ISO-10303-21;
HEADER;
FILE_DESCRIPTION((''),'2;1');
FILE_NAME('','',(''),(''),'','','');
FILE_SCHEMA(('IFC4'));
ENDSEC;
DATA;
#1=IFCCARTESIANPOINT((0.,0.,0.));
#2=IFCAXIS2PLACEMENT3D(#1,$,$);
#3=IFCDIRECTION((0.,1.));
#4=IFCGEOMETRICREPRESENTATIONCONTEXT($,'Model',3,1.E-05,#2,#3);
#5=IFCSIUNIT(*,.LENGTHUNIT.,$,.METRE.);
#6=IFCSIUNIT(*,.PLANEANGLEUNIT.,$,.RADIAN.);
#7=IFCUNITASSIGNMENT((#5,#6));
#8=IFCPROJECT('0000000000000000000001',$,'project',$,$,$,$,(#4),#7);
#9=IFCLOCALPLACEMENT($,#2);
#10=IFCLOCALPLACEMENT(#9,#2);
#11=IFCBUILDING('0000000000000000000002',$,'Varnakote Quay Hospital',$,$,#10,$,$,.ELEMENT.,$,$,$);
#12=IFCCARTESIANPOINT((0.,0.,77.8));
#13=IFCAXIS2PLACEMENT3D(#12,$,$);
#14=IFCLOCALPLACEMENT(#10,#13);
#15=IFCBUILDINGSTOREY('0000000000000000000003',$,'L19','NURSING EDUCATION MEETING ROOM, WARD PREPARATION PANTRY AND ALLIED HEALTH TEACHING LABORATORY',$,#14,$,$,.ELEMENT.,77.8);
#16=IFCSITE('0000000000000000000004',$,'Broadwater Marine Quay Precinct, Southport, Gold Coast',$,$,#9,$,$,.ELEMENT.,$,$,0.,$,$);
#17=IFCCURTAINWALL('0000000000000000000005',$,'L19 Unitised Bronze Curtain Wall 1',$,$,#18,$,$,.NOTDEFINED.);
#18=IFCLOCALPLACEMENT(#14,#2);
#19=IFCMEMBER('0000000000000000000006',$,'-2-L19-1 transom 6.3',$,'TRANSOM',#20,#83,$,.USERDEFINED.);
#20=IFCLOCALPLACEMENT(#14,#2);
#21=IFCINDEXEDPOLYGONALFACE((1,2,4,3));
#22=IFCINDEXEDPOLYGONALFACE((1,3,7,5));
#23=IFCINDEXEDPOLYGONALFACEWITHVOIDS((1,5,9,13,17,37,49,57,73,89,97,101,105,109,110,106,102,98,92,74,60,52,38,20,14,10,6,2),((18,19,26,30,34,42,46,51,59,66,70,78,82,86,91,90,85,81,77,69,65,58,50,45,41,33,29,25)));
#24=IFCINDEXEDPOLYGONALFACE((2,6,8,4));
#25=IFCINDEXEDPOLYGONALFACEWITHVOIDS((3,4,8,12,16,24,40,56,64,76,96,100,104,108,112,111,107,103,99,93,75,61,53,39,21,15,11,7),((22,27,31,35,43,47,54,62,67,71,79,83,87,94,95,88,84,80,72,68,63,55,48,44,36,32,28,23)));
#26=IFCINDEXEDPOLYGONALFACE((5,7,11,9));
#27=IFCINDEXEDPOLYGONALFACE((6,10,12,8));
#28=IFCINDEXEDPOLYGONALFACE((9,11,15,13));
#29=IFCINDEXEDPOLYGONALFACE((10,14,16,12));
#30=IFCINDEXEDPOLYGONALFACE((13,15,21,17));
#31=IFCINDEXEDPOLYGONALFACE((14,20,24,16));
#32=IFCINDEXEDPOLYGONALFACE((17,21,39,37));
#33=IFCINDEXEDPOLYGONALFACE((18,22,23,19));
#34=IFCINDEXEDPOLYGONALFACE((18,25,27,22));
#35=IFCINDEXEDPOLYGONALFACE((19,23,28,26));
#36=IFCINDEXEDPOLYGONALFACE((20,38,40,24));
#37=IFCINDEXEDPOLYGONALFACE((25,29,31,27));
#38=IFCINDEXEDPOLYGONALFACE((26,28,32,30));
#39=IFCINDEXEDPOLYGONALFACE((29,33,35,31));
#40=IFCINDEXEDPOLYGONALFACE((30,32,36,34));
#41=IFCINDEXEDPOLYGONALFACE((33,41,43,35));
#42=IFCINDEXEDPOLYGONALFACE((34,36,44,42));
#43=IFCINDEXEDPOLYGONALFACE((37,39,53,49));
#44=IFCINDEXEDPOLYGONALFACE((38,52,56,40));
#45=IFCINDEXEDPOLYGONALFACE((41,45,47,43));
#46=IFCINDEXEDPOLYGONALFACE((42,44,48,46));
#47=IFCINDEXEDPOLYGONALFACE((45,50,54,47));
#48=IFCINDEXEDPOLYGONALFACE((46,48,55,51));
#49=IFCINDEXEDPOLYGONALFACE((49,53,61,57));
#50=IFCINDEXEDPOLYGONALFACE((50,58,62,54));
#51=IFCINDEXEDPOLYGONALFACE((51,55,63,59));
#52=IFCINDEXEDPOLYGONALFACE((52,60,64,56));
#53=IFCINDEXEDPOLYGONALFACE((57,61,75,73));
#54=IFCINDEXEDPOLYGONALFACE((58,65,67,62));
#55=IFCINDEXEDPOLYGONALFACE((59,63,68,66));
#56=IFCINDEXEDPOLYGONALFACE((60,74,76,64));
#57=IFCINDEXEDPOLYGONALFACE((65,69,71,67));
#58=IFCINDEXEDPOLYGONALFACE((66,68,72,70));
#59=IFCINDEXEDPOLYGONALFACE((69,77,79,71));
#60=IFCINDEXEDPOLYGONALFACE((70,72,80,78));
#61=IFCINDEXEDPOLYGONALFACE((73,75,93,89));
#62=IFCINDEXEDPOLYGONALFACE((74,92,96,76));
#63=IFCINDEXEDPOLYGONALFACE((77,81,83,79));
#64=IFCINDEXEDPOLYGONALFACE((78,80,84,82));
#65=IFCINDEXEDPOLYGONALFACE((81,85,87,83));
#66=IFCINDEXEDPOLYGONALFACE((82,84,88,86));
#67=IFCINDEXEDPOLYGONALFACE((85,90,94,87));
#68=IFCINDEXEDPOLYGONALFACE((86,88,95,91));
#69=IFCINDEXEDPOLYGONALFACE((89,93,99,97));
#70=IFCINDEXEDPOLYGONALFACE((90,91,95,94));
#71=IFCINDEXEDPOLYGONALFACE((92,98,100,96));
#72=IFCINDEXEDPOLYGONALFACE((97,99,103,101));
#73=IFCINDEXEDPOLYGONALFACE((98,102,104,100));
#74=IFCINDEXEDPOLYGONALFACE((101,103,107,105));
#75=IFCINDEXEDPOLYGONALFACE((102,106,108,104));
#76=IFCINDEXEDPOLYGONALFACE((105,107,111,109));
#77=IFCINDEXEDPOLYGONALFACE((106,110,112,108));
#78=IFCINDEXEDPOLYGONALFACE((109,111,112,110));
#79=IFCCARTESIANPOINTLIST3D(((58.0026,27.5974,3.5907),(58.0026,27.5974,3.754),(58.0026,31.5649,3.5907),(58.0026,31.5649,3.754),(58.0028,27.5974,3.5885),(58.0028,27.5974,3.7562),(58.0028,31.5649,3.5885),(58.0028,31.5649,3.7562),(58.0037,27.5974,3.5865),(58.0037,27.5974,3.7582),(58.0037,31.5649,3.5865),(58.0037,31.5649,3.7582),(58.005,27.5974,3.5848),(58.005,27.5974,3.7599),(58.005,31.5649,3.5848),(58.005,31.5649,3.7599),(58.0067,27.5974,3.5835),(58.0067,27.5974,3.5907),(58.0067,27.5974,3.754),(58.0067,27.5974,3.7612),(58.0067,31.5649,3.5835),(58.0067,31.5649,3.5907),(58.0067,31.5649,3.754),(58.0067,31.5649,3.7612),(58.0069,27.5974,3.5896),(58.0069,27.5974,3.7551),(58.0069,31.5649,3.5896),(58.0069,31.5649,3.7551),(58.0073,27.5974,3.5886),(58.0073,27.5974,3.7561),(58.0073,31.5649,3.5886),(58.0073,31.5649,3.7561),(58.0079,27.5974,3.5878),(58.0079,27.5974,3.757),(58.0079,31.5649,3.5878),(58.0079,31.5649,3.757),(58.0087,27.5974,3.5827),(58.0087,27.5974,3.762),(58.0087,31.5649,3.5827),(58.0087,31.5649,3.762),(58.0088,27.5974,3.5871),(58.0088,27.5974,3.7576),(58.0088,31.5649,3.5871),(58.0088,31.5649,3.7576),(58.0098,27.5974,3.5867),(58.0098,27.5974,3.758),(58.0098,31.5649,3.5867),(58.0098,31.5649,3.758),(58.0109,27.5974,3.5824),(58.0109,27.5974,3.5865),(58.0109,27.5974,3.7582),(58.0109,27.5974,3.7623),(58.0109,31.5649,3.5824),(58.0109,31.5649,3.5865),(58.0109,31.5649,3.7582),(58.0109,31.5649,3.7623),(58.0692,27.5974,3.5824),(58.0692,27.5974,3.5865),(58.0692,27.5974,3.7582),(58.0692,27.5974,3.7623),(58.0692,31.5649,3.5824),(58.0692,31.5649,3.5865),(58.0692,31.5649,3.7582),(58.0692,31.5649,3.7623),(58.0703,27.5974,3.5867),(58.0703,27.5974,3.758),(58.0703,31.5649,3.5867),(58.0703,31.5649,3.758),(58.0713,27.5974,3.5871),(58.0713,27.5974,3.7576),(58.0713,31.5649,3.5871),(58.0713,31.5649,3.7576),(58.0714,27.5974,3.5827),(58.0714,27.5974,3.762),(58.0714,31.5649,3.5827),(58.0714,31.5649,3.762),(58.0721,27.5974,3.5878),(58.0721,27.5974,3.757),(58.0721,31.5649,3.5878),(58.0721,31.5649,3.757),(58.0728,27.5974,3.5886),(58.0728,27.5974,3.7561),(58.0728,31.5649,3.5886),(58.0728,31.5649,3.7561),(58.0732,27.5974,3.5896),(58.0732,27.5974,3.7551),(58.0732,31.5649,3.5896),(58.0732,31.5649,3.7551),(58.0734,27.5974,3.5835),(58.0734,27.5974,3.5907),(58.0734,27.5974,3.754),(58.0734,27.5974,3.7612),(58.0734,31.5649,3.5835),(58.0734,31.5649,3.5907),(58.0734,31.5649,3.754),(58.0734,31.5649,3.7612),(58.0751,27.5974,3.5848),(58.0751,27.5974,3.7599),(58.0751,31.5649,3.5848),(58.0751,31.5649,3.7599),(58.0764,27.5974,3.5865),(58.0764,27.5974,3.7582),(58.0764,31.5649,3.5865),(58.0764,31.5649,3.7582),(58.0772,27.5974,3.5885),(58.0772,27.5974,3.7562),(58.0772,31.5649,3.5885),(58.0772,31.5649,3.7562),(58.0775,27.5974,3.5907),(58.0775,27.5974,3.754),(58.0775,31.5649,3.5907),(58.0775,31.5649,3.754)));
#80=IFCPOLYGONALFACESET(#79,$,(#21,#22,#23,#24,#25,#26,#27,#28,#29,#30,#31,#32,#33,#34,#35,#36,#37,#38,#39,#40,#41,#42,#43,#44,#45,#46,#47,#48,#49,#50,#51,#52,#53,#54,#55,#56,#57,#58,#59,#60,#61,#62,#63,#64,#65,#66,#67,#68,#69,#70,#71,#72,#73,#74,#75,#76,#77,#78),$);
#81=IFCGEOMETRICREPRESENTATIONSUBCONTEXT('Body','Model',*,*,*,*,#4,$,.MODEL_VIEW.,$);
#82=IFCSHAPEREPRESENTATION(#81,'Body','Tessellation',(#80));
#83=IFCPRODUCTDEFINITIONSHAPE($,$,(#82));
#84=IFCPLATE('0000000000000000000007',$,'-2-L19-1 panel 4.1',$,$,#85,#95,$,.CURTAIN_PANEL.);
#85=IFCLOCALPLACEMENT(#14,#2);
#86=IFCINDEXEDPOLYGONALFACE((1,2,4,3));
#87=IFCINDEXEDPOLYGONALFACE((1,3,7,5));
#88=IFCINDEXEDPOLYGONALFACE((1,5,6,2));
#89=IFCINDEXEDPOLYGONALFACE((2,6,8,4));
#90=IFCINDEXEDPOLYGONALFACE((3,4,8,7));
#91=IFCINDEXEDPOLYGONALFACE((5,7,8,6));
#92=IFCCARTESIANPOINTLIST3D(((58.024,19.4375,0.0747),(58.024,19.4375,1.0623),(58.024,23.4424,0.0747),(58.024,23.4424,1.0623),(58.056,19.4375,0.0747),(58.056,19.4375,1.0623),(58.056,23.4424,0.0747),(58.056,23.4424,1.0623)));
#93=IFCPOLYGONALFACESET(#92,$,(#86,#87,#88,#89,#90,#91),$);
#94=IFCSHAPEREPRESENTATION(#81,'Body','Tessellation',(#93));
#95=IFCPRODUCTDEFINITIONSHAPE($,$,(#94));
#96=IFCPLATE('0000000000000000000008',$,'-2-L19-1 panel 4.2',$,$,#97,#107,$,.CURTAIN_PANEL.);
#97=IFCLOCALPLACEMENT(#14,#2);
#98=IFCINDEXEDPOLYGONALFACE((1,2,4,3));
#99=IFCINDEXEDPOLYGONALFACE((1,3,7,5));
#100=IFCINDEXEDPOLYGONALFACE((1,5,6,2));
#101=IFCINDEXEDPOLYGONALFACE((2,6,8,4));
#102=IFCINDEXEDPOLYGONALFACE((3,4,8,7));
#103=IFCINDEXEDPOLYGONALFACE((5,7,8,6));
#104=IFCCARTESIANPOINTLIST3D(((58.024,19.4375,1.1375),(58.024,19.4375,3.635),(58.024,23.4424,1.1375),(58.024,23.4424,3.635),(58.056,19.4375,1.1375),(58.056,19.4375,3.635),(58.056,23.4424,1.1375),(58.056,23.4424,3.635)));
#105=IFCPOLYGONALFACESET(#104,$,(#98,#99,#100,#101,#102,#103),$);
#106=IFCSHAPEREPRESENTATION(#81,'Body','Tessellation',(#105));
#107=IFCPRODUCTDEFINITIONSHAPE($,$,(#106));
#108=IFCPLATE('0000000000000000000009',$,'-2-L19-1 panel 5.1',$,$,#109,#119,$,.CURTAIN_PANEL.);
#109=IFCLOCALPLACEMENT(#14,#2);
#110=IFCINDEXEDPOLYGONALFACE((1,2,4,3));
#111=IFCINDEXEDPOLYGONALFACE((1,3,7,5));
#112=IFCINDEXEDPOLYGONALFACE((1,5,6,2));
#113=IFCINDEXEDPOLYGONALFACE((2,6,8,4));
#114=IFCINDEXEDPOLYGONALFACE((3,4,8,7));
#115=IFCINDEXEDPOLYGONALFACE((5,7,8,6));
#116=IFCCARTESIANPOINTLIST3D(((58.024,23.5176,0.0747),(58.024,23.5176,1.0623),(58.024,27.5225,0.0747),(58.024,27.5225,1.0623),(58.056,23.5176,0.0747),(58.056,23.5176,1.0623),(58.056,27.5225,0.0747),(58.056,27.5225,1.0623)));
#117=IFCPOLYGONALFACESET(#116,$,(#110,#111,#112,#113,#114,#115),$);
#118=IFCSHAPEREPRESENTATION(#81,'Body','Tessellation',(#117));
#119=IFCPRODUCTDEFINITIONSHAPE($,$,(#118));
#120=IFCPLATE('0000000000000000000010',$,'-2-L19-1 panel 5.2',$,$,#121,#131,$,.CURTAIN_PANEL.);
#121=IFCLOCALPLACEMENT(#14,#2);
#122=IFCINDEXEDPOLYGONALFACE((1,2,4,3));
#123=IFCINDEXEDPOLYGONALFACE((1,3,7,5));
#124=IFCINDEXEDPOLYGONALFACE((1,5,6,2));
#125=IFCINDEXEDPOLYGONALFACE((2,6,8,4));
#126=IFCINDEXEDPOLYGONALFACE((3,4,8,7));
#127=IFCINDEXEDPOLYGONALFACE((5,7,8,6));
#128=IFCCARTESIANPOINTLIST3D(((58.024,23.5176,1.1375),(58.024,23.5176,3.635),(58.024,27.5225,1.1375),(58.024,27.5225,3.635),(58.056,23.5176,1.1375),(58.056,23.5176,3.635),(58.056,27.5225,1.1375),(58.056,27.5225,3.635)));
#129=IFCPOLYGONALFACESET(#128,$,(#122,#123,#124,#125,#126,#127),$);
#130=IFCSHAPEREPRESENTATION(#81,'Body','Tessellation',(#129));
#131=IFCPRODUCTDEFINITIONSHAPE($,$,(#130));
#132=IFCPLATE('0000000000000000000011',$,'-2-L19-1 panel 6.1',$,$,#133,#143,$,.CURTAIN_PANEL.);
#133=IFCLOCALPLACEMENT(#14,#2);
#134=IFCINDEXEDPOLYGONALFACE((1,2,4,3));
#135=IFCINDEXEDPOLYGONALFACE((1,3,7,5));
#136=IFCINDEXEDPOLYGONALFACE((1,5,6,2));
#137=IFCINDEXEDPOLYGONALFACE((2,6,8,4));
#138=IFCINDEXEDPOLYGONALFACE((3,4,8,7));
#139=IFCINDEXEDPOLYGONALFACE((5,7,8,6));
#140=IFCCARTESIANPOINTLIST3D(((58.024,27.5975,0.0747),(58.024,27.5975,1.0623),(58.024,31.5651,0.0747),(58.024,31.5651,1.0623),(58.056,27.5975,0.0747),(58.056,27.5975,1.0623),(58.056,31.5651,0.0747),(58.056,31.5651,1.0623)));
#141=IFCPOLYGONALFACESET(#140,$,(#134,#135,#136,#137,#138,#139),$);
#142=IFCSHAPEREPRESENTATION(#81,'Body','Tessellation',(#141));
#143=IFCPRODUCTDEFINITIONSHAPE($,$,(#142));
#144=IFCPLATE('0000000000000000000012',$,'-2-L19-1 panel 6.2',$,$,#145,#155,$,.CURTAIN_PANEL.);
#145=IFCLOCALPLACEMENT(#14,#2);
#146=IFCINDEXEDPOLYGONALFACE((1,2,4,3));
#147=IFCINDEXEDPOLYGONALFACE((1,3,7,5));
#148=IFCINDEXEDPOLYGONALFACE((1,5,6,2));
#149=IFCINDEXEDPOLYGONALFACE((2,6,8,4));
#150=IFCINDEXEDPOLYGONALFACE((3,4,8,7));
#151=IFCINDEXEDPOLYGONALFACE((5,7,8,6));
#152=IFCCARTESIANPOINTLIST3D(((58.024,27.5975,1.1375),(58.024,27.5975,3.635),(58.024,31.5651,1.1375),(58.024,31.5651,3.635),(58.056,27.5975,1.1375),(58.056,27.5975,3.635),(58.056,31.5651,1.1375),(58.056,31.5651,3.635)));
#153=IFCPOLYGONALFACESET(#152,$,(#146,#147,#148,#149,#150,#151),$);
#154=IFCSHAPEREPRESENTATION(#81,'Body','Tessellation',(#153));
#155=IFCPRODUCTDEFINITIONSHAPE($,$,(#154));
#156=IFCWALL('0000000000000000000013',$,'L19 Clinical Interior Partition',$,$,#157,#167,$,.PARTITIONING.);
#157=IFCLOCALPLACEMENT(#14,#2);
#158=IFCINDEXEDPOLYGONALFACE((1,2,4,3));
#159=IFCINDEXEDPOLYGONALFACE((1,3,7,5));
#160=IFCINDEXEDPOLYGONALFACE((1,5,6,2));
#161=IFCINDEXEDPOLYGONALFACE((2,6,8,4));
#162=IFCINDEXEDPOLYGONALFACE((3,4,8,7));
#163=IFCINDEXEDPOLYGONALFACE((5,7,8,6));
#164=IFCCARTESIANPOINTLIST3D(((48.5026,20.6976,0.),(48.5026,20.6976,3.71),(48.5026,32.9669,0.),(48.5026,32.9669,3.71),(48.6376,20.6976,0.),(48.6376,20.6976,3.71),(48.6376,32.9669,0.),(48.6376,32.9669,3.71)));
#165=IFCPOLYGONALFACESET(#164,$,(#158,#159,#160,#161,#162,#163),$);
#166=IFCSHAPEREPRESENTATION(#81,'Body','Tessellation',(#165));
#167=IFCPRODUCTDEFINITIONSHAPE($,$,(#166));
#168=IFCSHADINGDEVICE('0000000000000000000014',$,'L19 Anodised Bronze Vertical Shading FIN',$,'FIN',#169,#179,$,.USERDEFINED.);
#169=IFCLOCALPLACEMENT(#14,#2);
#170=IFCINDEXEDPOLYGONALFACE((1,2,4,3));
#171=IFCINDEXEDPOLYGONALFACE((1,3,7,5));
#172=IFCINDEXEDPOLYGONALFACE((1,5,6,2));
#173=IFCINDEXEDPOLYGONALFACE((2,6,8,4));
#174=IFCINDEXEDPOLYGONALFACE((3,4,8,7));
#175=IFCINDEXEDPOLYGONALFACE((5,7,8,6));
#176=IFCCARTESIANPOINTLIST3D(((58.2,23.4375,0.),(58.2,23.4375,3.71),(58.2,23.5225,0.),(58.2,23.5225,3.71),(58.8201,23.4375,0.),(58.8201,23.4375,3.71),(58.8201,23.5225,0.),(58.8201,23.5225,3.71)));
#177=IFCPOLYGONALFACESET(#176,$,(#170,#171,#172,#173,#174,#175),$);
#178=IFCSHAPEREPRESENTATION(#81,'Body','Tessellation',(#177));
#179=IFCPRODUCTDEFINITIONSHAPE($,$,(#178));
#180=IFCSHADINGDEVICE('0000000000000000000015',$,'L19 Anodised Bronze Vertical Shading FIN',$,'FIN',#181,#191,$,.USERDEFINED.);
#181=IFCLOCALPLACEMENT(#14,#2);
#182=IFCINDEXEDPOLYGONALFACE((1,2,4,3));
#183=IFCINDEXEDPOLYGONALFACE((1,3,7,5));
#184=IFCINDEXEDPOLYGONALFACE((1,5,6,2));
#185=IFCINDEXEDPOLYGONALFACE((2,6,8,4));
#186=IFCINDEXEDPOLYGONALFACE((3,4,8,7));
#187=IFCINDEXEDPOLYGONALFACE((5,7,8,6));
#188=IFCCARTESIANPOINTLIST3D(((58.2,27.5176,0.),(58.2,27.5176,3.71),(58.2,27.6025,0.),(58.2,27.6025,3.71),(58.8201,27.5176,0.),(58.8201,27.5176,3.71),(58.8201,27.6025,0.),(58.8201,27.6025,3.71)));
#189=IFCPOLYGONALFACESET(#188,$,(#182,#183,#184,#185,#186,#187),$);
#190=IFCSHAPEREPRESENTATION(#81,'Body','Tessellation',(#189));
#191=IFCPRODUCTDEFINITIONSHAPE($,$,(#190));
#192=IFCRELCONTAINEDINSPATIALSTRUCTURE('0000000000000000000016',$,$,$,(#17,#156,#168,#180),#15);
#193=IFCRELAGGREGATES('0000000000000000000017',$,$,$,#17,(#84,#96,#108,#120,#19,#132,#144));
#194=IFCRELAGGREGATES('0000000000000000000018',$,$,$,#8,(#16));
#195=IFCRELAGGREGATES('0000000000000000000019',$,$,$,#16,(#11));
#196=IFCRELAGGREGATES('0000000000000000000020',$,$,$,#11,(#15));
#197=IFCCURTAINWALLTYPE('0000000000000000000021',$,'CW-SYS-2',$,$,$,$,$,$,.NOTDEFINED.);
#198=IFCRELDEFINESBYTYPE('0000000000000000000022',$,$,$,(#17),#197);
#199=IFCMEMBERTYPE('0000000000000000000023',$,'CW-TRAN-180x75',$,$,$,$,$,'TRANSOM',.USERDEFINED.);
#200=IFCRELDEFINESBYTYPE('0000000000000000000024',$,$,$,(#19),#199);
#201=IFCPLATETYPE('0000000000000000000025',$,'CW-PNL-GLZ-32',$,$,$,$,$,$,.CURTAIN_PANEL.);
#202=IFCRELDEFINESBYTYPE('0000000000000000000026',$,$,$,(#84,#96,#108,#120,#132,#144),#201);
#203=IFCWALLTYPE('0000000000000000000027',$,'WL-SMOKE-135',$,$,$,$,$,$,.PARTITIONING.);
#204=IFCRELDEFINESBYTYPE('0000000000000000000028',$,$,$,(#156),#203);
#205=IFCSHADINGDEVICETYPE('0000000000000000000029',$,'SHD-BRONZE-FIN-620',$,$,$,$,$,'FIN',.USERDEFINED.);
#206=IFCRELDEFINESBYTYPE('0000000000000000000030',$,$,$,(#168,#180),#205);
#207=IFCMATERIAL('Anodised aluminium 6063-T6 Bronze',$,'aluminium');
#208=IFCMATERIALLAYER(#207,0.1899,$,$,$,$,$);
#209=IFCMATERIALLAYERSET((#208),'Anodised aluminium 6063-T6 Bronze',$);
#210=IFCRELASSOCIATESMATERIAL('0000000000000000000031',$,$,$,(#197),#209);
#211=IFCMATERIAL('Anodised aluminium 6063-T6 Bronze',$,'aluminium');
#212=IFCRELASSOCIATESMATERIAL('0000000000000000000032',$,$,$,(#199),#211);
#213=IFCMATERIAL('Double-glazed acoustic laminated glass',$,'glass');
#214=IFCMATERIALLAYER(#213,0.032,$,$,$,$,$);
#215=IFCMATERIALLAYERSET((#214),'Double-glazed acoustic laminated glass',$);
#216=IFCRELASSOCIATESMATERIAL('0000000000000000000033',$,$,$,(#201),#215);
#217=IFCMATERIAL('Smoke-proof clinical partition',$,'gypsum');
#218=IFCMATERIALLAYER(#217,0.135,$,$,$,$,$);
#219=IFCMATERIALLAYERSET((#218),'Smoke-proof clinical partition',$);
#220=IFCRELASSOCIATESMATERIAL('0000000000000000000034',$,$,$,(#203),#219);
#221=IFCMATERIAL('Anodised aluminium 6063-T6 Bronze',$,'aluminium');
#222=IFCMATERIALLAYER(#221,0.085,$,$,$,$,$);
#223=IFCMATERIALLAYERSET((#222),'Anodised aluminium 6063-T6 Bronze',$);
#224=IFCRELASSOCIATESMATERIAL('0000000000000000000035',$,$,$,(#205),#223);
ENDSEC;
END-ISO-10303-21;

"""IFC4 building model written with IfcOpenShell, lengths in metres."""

from ifc_helpers import new_model, si_unit, direction, frame, frame_2d, origin, origin_2d, place, context, subcontext, project, spatial, rectangle, hollow_rectangle, extrude, material, layer, layer_set, material_profile, profile_set, type_object, element, aggregate, save


model = new_model("IFC4")

# Units and contexts
model_context = context("Model", 3, precision=1e-05, world=origin(), true_north=direction((0.0, 1.0)))
body_context = subcontext(model_context, "Body", "Model", "MODEL_VIEW")
ifc_project = project(units=[si_unit("LENGTHUNIT", "METRE"), si_unit("PLANEANGLEUNIT", "RADIAN")], contexts=[model_context])

# Site, building, storey
site_placement = place(None, origin())
site = spatial("IfcSite", under=ifc_project, at=site_placement, Name="Broadwater Marine Quay Precinct, Southport, Gold Coast", CompositionType="ELEMENT", RefElevation=0.0)
building_placement = place(site_placement, origin())
building = spatial("IfcBuilding", under=site, at=building_placement, Name="Varnakote Quay Hospital", CompositionType="ELEMENT")
storey_placement = place(building_placement, frame((0.0, 0.0, 77.8)))
storey = spatial("IfcBuildingStorey", under=building, at=storey_placement, Name="L19", Description="NURSING EDUCATION MEETING ROOM, WARD PREPARATION PANTRY AND ALLIED HEALTH TEACHING LABORATORY", CompositionType="ELEMENT", Elevation=77.8)

# Curtain wall, member, plates
ifc_material_1 = material(Name="Anodised aluminium 6063-T6 Bronze", Category="aluminium")
ifc_layer_1 = layer(ifc_material_1, 0.1899)
ifc_layer_set_1 = layer_set([ifc_layer_1], Name="Anodised aluminium 6063-T6 Bronze")
curtain_wall_type = type_object("IfcCurtainWallType", Name="CW-SYS-2", PredefinedType="NOTDEFINED", material=ifc_layer_set_1)
curtain_wall_placement = place(storey_placement, origin())
curtain_wall = element("IfcCurtainWall", 1, at=curtain_wall_placement, inside=storey, type_object=curtain_wall_type, Name="L19 Unitised Bronze Curtain Wall 1", PredefinedType="NOTDEFINED")
ifc_material_2 = material(Name="Anodised aluminium 6063-T6 Bronze", Category="aluminium")
ifc_material_profile_1 = material_profile(ifc_material_2, hollow_rectangle(XDim=0.075, YDim=0.1799, WallThickness=0.0042, InnerFilletRadius=0.0042, OuterFilletRadius=0.0083, at=origin_2d()), Name="CW-TRAN-180x75")
ifc_profile_set_1 = profile_set([ifc_material_profile_1], Name="Anodised aluminium 6063-T6 Bronze")
member_type_1 = type_object("IfcMemberType", Name="CW-TRAN-180x75", ElementType="TRANSOM", PredefinedType="USERDEFINED", material=ifc_profile_set_1)
member_1_placement = place(storey_placement, frame((58.04, 27.5974, 3.6724), z_axis=(0.0, 1.0, 0.0), x_axis=(-1.0, 0.0, 0.0)))
member_1 = element("IfcMember", 2, at=member_1_placement, type_object=member_type_1, Name="-2-L19-1 transom 6.3", ObjectType="TRANSOM", PredefinedType="USERDEFINED", context=body_context, shape_type="SweptSolid", body=[
    extrude(hollow_rectangle(XDim=0.075, YDim=0.1799, WallThickness=0.0042, InnerFilletRadius=0.0042, OuterFilletRadius=0.0083, at=origin_2d()), origin(), (0.0, 0.0, 1.0), 3.9675),
])
ifc_material_3 = material(Name="Double-glazed acoustic laminated glass", Category="glass")
ifc_layer_2 = layer(ifc_material_3, 0.032)
ifc_layer_set_2 = layer_set([ifc_layer_2], Name="Double-glazed acoustic laminated glass")
plate_type = type_object("IfcPlateType", Name="CW-PNL-GLZ-32", PredefinedType="CURTAIN_PANEL", material=ifc_layer_set_2)
plate_1_placement = place(storey_placement, frame((58.04, 21.4399, 0.0747), z_axis=(0.0, 0.0, 1.0), x_axis=(0.0, 1.0, 0.0)))
plate_1 = element("IfcPlate", 3, at=plate_1_placement, type_object=plate_type, Name="-2-L19-1 panel 4.1", PredefinedType="CURTAIN_PANEL", context=body_context, shape_type="SweptSolid", body=[
    extrude(rectangle(XDim=4.0049, YDim=0.032, at=origin_2d()), origin(), (0.0, 0.0, 1.0), 0.9875),
])
plate_2_placement = place(storey_placement, frame((58.04, 21.4399, 1.1375), z_axis=(0.0, 0.0, 1.0), x_axis=(0.0, 1.0, 0.0)))
plate_2 = element("IfcPlate", 4, at=plate_2_placement, type_object=plate_type, Name="-2-L19-1 panel 4.2", PredefinedType="CURTAIN_PANEL", context=body_context, shape_type="SweptSolid", body=[
    extrude(rectangle(XDim=4.0049, YDim=0.032, at=origin_2d()), origin(), (0.0, 0.0, 1.0), 2.4976),
])
plate_3_placement = place(storey_placement, frame((58.04, 25.52, 0.0747), z_axis=(0.0, 0.0, 1.0), x_axis=(0.0, 1.0, 0.0)))
plate_3 = element("IfcPlate", 5, at=plate_3_placement, type_object=plate_type, Name="-2-L19-1 panel 5.1", PredefinedType="CURTAIN_PANEL", context=body_context, shape_type="SweptSolid", body=[
    extrude(rectangle(XDim=4.0049, YDim=0.032, at=origin_2d()), origin(), (0.0, 0.0, 1.0), 0.9875),
])
plate_4_placement = place(storey_placement, frame((58.04, 25.52, 1.1375), z_axis=(0.0, 0.0, 1.0), x_axis=(0.0, 1.0, 0.0)))
plate_4 = element("IfcPlate", 6, at=plate_4_placement, type_object=plate_type, Name="-2-L19-1 panel 5.2", PredefinedType="CURTAIN_PANEL", context=body_context, shape_type="SweptSolid", body=[
    extrude(rectangle(XDim=4.0049, YDim=0.032, at=origin_2d()), origin(), (0.0, 0.0, 1.0), 2.4976),
])
plate_5_placement = place(storey_placement, frame((58.04, 29.5813, 0.0747), z_axis=(0.0, 0.0, 1.0), x_axis=(0.0, 1.0, 0.0)))
plate_5 = element("IfcPlate", 7, at=plate_5_placement, type_object=plate_type, Name="-2-L19-1 panel 6.1", PredefinedType="CURTAIN_PANEL", context=body_context, shape_type="SweptSolid", body=[
    extrude(rectangle(XDim=3.9675, YDim=0.032, at=origin_2d()), origin(), (0.0, 0.0, 1.0), 0.9875),
])
plate_6_placement = place(storey_placement, frame((58.04, 29.5813, 1.1375), z_axis=(0.0, 0.0, 1.0), x_axis=(0.0, 1.0, 0.0)))
plate_6 = element("IfcPlate", 8, at=plate_6_placement, type_object=plate_type, Name="-2-L19-1 panel 6.2", PredefinedType="CURTAIN_PANEL", context=body_context, shape_type="SweptSolid", body=[
    extrude(rectangle(XDim=3.9675, YDim=0.032, at=origin_2d()), origin(), (0.0, 0.0, 1.0), 2.4976),
])
aggregate(curtain_wall, [plate_1, plate_2, plate_3, plate_4, member_1, plate_5, plate_6])

# Wall
ifc_material_4 = material(Name="Smoke-proof clinical partition", Category="gypsum")
ifc_layer_3 = layer(ifc_material_4, 0.135)
ifc_layer_set_3 = layer_set([ifc_layer_3], Name="Smoke-proof clinical partition")
wall_type = type_object("IfcWallType", Name="WL-SMOKE-135", PredefinedType="PARTITIONING", material=ifc_layer_set_3)
wall_placement = place(storey_placement, frame((48.5701, 20.6975, 0.0), z_axis=(0.0, 0.0, 1.0), x_axis=(0.0, 1.0, 0.0)))
element("IfcWall", 9, at=wall_placement, inside=storey, type_object=wall_type, Name="L19 Clinical Interior Partition", PredefinedType="PARTITIONING", context=body_context, shape_type="SweptSolid", body=[
    extrude(rectangle(XDim=12.2693, YDim=0.135, at=frame_2d((6.1348, 0.0))), origin(), (0.0, 0.0, 1.0), 3.71),
])

# Shading devices
ifc_material_5 = material(Name="Anodised aluminium 6063-T6 Bronze", Category="aluminium")
ifc_layer_4 = layer(ifc_material_5, 0.085)
ifc_layer_set_4 = layer_set([ifc_layer_4], Name="Anodised aluminium 6063-T6 Bronze")
shading_device_type = type_object("IfcShadingDeviceType", Name="SHD-BRONZE-FIN-620", ElementType="FIN", PredefinedType="USERDEFINED", material=ifc_layer_set_4)
for number, where, z_axis, x_axis, name in (
    (10, (58.51, 23.48, 0.0), (0.0, 0.0, 1.0), (-1.0, 0.0, 0.0), "L19 Anodised Bronze Vertical Shading FIN"),
    (11, (58.51, 27.5601, 0.0), (0.0, 0.0, 1.0), (-1.0, 0.0, 0.0), "L19 Anodised Bronze Vertical Shading FIN"),
):
    element("IfcShadingDevice", number, at=place(storey_placement, frame(where, z_axis=z_axis, x_axis=x_axis)), inside=storey, type_object=shading_device_type, Name=name, ObjectType="FIN", PredefinedType="USERDEFINED", context=body_context, shape_type="SweptSolid", body=[
        extrude(rectangle(XDim=0.6201, YDim=0.085, at=origin_2d()), origin(), (0.0, 0.0, 1.0), 3.71),
    ])

save(model, "model.ifc")
